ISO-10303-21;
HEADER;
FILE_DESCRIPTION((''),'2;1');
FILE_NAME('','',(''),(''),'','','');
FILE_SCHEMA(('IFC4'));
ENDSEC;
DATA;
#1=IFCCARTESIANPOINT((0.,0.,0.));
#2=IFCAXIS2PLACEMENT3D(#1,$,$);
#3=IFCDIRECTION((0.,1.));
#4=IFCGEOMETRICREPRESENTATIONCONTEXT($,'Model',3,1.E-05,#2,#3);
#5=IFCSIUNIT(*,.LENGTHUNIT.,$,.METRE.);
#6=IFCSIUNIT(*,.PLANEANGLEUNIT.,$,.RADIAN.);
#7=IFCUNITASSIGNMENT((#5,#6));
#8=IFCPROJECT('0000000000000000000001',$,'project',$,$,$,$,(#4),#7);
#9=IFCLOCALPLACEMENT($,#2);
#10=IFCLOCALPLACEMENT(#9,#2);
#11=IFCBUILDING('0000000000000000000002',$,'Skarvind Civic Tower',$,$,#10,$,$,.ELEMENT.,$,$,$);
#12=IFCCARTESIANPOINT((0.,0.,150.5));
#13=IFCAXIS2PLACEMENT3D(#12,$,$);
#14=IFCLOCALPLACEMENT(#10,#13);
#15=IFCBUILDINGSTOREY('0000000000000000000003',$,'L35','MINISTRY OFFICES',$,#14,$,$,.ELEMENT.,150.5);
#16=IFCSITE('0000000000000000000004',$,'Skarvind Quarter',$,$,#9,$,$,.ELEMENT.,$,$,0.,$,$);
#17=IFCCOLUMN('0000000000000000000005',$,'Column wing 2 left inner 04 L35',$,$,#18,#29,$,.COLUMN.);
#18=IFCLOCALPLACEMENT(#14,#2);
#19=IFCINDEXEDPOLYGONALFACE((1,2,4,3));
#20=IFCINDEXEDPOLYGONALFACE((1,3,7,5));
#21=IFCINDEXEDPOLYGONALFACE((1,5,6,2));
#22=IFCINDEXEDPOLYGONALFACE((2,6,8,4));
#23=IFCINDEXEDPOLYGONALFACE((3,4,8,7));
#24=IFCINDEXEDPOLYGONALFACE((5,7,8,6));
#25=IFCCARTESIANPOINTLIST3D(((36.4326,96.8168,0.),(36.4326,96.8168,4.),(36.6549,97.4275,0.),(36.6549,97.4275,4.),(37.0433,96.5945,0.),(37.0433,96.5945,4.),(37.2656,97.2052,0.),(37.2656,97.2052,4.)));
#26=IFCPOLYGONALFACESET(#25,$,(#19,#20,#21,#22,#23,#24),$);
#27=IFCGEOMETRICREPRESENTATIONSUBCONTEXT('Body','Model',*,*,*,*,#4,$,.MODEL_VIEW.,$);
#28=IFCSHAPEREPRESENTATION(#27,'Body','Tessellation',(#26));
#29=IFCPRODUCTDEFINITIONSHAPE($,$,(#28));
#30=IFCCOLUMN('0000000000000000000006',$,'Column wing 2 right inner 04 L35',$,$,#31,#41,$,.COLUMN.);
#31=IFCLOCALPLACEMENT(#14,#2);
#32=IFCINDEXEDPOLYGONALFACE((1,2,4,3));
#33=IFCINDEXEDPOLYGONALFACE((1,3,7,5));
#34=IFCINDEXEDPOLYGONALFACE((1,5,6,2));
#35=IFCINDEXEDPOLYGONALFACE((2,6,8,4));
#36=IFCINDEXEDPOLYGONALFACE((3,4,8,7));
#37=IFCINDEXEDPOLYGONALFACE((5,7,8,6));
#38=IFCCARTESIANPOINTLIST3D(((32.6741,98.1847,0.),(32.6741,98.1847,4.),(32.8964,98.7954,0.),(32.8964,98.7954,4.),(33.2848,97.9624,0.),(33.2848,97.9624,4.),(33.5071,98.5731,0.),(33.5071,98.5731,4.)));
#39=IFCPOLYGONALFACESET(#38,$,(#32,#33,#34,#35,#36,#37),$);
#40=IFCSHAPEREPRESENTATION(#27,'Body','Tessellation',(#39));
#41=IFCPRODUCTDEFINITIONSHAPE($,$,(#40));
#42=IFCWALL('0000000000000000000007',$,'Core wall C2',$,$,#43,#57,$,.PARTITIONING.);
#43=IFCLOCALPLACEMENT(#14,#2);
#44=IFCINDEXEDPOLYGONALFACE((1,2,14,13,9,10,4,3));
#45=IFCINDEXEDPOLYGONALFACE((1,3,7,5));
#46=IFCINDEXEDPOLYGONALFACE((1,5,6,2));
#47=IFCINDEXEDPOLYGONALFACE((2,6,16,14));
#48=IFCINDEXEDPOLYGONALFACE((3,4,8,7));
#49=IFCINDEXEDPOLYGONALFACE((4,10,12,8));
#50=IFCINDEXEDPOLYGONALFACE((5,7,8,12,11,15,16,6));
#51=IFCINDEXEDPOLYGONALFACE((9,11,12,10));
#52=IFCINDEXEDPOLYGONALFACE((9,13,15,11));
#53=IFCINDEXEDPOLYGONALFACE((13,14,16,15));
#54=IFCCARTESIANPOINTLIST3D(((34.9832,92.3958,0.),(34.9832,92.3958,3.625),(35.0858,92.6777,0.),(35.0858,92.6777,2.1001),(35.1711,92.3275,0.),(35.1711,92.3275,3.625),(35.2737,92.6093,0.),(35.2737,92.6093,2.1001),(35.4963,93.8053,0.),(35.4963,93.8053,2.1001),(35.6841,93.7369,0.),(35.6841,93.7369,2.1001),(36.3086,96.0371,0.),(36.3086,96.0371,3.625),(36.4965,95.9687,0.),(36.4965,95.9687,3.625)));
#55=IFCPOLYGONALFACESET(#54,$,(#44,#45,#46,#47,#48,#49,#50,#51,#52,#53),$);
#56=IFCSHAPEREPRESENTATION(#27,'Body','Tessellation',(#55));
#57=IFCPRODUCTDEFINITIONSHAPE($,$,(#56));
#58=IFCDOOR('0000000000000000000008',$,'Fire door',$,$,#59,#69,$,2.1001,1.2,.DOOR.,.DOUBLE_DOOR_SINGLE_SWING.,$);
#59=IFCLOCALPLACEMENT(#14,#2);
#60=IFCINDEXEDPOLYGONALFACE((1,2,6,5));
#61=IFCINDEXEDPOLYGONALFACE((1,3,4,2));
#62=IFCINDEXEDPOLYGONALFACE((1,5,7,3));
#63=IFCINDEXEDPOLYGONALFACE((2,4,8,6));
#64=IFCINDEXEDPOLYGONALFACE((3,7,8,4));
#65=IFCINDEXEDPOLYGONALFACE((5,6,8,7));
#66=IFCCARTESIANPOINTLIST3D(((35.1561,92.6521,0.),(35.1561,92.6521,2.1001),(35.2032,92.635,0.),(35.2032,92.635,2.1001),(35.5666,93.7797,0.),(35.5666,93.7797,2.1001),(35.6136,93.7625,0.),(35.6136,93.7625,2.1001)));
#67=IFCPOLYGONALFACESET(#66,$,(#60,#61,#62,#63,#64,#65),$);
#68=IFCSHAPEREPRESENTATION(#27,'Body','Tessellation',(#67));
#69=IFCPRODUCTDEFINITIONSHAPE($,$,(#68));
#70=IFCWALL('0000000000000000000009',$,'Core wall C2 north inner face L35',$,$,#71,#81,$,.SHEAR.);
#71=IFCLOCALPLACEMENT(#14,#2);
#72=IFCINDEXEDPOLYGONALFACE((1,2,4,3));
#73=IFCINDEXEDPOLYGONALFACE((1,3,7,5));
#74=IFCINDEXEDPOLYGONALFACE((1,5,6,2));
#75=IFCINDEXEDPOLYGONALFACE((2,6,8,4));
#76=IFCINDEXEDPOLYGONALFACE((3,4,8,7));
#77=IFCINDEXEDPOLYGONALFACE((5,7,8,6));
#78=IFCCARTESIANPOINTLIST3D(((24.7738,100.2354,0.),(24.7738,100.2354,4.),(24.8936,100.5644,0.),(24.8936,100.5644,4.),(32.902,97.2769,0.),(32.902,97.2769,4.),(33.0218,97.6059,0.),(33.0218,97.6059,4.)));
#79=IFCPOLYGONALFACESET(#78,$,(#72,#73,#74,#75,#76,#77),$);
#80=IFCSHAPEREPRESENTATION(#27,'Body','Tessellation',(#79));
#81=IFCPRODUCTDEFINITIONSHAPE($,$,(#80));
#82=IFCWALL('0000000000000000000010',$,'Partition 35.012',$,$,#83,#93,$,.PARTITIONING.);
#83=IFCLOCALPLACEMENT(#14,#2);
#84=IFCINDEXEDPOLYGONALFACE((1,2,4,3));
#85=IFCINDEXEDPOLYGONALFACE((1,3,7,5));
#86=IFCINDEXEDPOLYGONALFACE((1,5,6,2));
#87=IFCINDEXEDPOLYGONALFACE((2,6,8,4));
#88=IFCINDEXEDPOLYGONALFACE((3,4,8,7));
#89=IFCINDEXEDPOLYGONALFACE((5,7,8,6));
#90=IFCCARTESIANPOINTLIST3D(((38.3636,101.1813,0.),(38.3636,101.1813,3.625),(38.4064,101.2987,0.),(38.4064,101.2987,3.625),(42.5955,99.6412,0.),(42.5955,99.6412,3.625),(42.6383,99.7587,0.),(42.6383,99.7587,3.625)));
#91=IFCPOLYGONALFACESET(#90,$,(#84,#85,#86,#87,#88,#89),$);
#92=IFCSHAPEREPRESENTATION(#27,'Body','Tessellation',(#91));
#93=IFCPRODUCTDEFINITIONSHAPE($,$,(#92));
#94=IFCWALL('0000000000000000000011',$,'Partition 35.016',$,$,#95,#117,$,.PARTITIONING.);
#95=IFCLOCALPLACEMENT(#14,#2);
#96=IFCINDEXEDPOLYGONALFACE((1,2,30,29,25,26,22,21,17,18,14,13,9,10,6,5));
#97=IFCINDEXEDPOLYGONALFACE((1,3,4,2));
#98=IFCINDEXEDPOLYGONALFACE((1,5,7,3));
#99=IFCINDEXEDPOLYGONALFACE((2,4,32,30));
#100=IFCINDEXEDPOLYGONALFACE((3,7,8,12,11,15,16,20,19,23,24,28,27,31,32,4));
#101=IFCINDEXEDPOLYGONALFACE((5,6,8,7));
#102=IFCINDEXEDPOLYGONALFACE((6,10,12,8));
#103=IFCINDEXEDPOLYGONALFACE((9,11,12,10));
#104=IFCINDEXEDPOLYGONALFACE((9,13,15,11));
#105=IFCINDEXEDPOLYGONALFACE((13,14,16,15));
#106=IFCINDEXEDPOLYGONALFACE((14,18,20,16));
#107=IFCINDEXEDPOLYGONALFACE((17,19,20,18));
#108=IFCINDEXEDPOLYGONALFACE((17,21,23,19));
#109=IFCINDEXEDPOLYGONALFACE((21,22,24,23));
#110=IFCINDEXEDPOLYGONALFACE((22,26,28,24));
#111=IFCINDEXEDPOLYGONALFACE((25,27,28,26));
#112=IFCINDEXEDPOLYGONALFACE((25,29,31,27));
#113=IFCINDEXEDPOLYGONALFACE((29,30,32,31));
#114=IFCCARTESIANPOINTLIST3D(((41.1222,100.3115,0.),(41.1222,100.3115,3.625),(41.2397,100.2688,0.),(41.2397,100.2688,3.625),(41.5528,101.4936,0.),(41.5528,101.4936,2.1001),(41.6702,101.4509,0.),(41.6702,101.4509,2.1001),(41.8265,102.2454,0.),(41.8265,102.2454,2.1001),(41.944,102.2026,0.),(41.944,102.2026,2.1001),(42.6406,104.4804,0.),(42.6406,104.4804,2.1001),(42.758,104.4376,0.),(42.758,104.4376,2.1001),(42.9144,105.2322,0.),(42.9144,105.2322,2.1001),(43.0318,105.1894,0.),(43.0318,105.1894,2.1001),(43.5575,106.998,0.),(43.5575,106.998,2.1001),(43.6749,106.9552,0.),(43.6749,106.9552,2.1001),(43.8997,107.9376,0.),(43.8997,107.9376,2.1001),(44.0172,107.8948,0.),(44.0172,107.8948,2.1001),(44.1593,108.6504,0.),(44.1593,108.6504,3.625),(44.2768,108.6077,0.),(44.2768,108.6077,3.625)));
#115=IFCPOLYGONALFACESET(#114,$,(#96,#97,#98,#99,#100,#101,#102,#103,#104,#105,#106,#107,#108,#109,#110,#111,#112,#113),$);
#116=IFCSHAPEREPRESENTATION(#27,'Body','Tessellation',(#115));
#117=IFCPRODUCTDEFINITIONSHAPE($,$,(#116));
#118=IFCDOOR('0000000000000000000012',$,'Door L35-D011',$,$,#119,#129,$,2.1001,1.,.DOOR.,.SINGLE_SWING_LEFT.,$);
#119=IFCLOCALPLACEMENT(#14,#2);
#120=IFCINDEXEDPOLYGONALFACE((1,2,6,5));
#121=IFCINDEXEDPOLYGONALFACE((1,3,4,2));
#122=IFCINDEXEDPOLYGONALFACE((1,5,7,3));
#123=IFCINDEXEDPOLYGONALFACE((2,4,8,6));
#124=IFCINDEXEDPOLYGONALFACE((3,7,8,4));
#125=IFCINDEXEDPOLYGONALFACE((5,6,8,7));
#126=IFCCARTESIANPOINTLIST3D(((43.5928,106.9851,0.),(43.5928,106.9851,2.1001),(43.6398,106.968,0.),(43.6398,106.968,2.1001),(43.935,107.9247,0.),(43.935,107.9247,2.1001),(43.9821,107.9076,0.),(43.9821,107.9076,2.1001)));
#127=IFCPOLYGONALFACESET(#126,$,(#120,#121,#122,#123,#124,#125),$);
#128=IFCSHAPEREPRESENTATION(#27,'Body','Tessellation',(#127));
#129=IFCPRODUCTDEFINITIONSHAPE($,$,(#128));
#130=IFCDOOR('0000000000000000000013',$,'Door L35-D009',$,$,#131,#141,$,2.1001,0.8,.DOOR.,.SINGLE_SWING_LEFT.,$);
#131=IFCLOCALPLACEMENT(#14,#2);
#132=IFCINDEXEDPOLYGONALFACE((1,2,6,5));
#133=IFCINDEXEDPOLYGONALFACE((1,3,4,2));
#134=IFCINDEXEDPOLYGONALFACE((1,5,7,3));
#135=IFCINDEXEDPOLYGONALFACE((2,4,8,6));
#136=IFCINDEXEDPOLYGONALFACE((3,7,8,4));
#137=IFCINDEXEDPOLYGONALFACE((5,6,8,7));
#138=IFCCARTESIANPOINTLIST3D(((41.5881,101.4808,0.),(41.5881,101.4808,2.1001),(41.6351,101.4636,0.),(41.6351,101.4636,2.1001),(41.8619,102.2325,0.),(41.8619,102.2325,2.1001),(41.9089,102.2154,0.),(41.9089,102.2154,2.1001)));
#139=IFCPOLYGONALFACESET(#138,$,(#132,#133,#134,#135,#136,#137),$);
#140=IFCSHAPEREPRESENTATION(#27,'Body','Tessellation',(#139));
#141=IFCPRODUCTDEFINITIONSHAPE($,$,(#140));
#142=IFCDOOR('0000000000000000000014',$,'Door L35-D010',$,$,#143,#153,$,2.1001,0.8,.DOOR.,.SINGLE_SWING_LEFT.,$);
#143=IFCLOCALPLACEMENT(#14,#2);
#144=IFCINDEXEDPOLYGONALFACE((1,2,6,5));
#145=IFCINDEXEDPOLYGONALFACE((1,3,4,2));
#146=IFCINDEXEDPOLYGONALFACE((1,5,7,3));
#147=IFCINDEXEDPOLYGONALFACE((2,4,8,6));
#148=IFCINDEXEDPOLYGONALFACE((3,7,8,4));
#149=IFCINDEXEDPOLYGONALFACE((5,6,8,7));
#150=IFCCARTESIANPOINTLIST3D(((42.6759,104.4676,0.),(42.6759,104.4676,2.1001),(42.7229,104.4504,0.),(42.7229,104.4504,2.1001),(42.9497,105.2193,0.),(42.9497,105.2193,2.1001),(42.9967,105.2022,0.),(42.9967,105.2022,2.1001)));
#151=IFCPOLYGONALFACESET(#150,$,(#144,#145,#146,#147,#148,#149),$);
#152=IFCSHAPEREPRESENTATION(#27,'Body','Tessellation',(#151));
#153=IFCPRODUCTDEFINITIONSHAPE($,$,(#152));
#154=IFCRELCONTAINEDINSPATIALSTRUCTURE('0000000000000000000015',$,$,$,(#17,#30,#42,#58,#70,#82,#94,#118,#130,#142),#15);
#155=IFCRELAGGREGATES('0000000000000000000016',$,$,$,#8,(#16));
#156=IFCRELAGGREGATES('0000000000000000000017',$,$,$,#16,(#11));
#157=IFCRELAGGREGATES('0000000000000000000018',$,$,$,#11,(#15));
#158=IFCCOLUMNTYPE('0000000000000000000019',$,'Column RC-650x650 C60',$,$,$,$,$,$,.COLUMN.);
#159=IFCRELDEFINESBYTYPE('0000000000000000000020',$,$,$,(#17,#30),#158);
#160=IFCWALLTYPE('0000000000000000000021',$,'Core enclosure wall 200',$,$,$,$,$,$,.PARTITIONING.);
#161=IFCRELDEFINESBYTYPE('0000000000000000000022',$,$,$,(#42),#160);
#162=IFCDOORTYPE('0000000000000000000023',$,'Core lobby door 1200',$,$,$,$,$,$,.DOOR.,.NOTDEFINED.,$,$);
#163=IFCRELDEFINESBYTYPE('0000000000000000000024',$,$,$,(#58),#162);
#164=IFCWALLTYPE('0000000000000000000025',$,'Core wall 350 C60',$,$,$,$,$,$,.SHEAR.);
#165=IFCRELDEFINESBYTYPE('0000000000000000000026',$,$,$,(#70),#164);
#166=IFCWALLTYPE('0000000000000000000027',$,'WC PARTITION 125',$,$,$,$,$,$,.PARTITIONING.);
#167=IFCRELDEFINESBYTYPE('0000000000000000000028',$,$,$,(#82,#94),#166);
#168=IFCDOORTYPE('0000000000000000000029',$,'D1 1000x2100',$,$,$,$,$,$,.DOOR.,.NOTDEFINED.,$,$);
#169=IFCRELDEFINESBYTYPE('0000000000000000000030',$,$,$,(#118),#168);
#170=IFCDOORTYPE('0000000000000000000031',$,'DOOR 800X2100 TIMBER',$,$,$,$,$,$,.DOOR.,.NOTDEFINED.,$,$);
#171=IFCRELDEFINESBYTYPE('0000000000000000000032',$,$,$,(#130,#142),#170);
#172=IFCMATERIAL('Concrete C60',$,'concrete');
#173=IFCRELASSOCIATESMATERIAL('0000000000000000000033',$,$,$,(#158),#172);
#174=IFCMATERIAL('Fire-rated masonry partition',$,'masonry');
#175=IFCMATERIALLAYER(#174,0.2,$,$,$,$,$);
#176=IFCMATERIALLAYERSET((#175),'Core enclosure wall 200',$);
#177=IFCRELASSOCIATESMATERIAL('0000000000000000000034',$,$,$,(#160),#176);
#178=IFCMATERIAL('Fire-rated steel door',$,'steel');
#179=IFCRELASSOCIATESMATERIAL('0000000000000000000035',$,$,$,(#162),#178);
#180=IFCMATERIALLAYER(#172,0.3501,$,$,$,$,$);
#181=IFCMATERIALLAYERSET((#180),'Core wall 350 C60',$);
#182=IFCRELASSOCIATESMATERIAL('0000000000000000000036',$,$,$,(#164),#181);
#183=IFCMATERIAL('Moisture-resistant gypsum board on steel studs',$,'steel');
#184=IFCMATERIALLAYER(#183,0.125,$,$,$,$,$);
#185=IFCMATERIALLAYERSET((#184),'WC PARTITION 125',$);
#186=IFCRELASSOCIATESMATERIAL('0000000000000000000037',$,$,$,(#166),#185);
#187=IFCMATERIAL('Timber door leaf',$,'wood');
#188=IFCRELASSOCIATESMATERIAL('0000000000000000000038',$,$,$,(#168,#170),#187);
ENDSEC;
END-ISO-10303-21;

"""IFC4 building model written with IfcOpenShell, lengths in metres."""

from ifc_helpers import new_model, si_unit, direction, frame, frame_2d, origin, origin_2d, place, context, subcontext, project, spatial, rectangle, extrude, material, layer, layer_set, material_profile, profile_set, type_object, element, fill, save


model = new_model("IFC4")

# Units and contexts
model_context = context("Model", 3, precision=1e-05, world=origin(), true_north=direction((0.0, 1.0)))
body_context = subcontext(model_context, "Body", "Model", "MODEL_VIEW")
ifc_project = project(units=[si_unit("LENGTHUNIT", "METRE"), si_unit("PLANEANGLEUNIT", "RADIAN")], contexts=[model_context])

# Site, building, storey
site_placement = place(None, origin())
site = spatial("IfcSite", under=ifc_project, at=site_placement, Name="Skarvind Quarter", CompositionType="ELEMENT", RefElevation=0.0)
building_placement = place(site_placement, origin())
building = spatial("IfcBuilding", under=site, at=building_placement, Name="Skarvind Civic Tower", CompositionType="ELEMENT")
storey_placement = place(building_placement, frame((0.0, 0.0, 150.5)))
storey = spatial("IfcBuildingStorey", under=building, at=storey_placement, Name="L35", Description="MINISTRY OFFICES", CompositionType="ELEMENT", Elevation=150.5)

# Columns
ifc_material_1 = material(Name="Concrete C60", Category="concrete")
ifc_material_profile = material_profile(ifc_material_1, rectangle(XDim=0.6499, YDim=0.6499, at=origin_2d()), Name="RC-650x650")
ifc_profile_set = profile_set([ifc_material_profile], Name="Concrete C60")
column_type = type_object("IfcColumnType", Name="Column RC-650x650 C60", PredefinedType="COLUMN", material=ifc_profile_set)
for number, where, z_axis, x_axis, name in (
    (1, (36.8491, 97.011, 0.0), (0.0, 0.0, 1.0), (-0.34202, -0.939693, 0.0), "Column wing 2 left inner 04 L35"),
    (2, (33.0906, 98.3789, 0.0), (0.0, 0.0, 1.0), (-0.34202, -0.939693, 0.0), "Column wing 2 right inner 04 L35"),
):
    element("IfcColumn", number, at=place(storey_placement, frame(where, z_axis=z_axis, x_axis=x_axis)), inside=storey, type_object=column_type, Name=name, PredefinedType="COLUMN", context=body_context, shape_type="SweptSolid", body=[
        extrude(rectangle(XDim=0.6499, YDim=0.6499, at=origin_2d()), origin(), (0.0, 0.0, 1.0), 4.0),
    ])

# Wall, opening, door
ifc_material_2 = material(Name="Fire-rated masonry partition", Category="masonry")
ifc_layer_1 = layer(ifc_material_2, 0.2)
ifc_layer_set_1 = layer_set([ifc_layer_1], Name="Core enclosure wall 200")
wall_type_1 = type_object("IfcWallType", Name="Core enclosure wall 200", PredefinedType="PARTITIONING", material=ifc_layer_set_1)
wall_1_placement = place(storey_placement, frame((36.4026, 96.0029, 0.0), z_axis=(0.0, 0.0, 1.0), x_axis=(-0.342042, -0.939685, 0.0)))
wall_1 = element("IfcWall", 3, at=wall_1_placement, inside=storey, type_object=wall_type_1, Name="Core wall C2", PredefinedType="PARTITIONING", context=body_context, shape_type="SweptSolid", body=[
    extrude(rectangle(XDim=3.875, YDim=0.2, at=frame_2d((1.9375, 0.0))), origin(), (0.0, 0.0, 1.0), 3.625),
])
opening_1_placement = place(wall_1_placement, frame((2.375, 0.0, 0.0)))
opening_1 = element("IfcOpeningElement", 4, at=opening_1_placement, cuts=wall_1, PredefinedType="OPENING", context=body_context, shape_type="SweptSolid", body=[
    extrude(rectangle(XDim=1.2, YDim=2.1001, at=frame_2d((0.6001, 1.05))), frame((0.0, 0.1099, 0.0), z_axis=(0.0, -1.0, 0.0), x_axis=(1.0, 0.0, 0.0)), (0.0, 0.0, 1.0), 0.22),
])
ifc_material_3 = material(Name="Fire-rated steel door", Category="steel")
door_type_1 = type_object("IfcDoorType", Name="Core lobby door 1200", OperationType="NOTDEFINED", PredefinedType="DOOR", material=ifc_material_3)
door_1_placement = place(opening_1_placement, origin())
door_1 = element("IfcDoor", 5, at=door_1_placement, inside=storey, type_object=door_type_1, Name="Fire door", OperationType="DOUBLE_DOOR_SINGLE_SWING", OverallHeight=2.1001, OverallWidth=1.2, PredefinedType="DOOR", context=body_context, shape_type="SweptSolid", body=[
    extrude(rectangle(XDim=1.2, YDim=2.1001, at=frame_2d((0.6001, 1.05))), frame((0.0, 0.0249, 0.0), z_axis=(0.0, -1.0, 0.0), x_axis=(1.0, 0.0, 0.0)), (0.0, 0.0, 1.0), 0.05),
])
fill(opening_1, door_1)

# Walls
ifc_layer_2 = layer(ifc_material_1, 0.3501)
ifc_layer_set_2 = layer_set([ifc_layer_2], Name="Core wall 350 C60")
wall_type_2 = type_object("IfcWallType", Name="Core wall 350 C60", PredefinedType="SHEAR", material=ifc_layer_set_2)
wall_2_placement = place(storey_placement, frame((32.9619, 97.4414, 0.0), z_axis=(0.0, 0.0, 1.0), x_axis=(-0.93969, 0.342029, 0.0)))
element("IfcWall", 6, at=wall_2_placement, inside=storey, type_object=wall_type_2, Name="Core wall C2 north inner face L35", PredefinedType="SHEAR", context=body_context, shape_type="SweptSolid", body=[
    extrude(rectangle(XDim=8.6499, YDim=0.3501, at=frame_2d((4.325, 0.0))), origin(), (0.0, 0.0, 1.0), 4.0),
])
ifc_material_4 = material(Name="Moisture-resistant gypsum board on steel studs", Category="steel")
ifc_layer_3 = layer(ifc_material_4, 0.125)
ifc_layer_set_3 = layer_set([ifc_layer_3], Name="WC PARTITION 125")
wall_type_3 = type_object("IfcWallType", Name="WC PARTITION 125", PredefinedType="PARTITIONING", material=ifc_layer_set_3)
wall_3_placement = place(storey_placement, frame((38.385, 101.24, 0.0), z_axis=(0.0, 0.0, 1.0), x_axis=(0.939711, -0.341969, 0.0)))
element("IfcWall", 7, at=wall_3_placement, inside=storey, type_object=wall_type_3, Name="Partition 35.012", PredefinedType="PARTITIONING", context=body_context, shape_type="SweptSolid", body=[
    extrude(rectangle(XDim=4.5034, YDim=0.125, at=frame_2d((2.2517, 0.0))), origin(), (0.0, 0.0, 1.0), 3.625),
])

# Wall, openings, doors
wall_4_placement = place(storey_placement, frame((41.1809, 100.29, 0.0), z_axis=(0.0, 0.0, 1.0), x_axis=(0.34222, 0.93962, 0.0)))
wall_4 = element("IfcWall", 8, at=wall_4_placement, inside=storey, type_object=wall_type_3, Name="Partition 35.016", PredefinedType="PARTITIONING", context=body_context, shape_type="SweptSolid", body=[
    extrude(rectangle(XDim=8.8748, YDim=0.125, at=frame_2d((4.4375, 0.0))), origin(), (0.0, 0.0, 1.0), 3.625),
])
opening_2_placement = place(wall_4_placement, frame((1.2583, 0.0, 0.0)))
opening_2 = element("IfcOpeningElement", 9, at=opening_2_placement, cuts=wall_4, PredefinedType="OPENING", context=body_context, shape_type="SweptSolid", body=[
    extrude(rectangle(XDim=0.8, YDim=2.1001, at=frame_2d((0.3999, 1.05))), frame((0.0, 0.0725, 0.0), z_axis=(0.0, -1.0, 0.0), x_axis=(1.0, 0.0, 0.0)), (0.0, 0.0, 1.0), 0.145),
])
opening_3_placement = place(wall_4_placement, frame((4.437, 0.0, 0.0)))
opening_3 = element("IfcOpeningElement", 10, at=opening_3_placement, cuts=wall_4, PredefinedType="OPENING", context=body_context, shape_type="SweptSolid", body=[
    extrude(rectangle(XDim=0.8, YDim=2.1001, at=frame_2d((0.3999, 1.05))), frame((0.0, 0.0725, 0.0), z_axis=(0.0, -1.0, 0.0), x_axis=(1.0, 0.0, 0.0)), (0.0, 0.0, 1.0), 0.145),
])
opening_4_placement = place(wall_4_placement, frame((7.1162, 0.0, 0.0)))
opening_4 = element("IfcOpeningElement", 11, at=opening_4_placement, cuts=wall_4, PredefinedType="OPENING", context=body_context, shape_type="SweptSolid", body=[
    extrude(rectangle(XDim=1.0, YDim=2.1001, at=frame_2d((0.5, 1.05))), frame((0.0, 0.0725, 0.0), z_axis=(0.0, -1.0, 0.0), x_axis=(1.0, 0.0, 0.0)), (0.0, 0.0, 1.0), 0.145),
])
ifc_material_5 = material(Name="Timber door leaf", Category="wood")
door_type_2 = type_object("IfcDoorType", Name="D1 1000x2100", OperationType="NOTDEFINED", PredefinedType="DOOR", material=ifc_material_5)
door_2_placement = place(opening_4_placement, origin())
door_2 = element("IfcDoor", 12, at=door_2_placement, inside=storey, type_object=door_type_2, Name="Door L35-D011", OperationType="SINGLE_SWING_LEFT", OverallHeight=2.1001, OverallWidth=1.0, PredefinedType="DOOR", context=body_context, shape_type="SweptSolid", body=[
    extrude(rectangle(XDim=1.0, YDim=2.1001, at=frame_2d((0.5, 1.05))), frame((0.0, 0.0249, 0.0), z_axis=(0.0, -1.0, 0.0), x_axis=(1.0, 0.0, 0.0)), (0.0, 0.0, 1.0), 0.05),
])
fill(opening_4, door_2)
door_type_3 = type_object("IfcDoorType", Name="DOOR 800X2100 TIMBER", OperationType="NOTDEFINED", PredefinedType="DOOR", material=ifc_material_5)
door_3_placement = place(opening_2_placement, origin())
door_3 = element("IfcDoor", 13, at=door_3_placement, inside=storey, type_object=door_type_3, Name="Door L35-D009", OperationType="SINGLE_SWING_LEFT", OverallHeight=2.1001, OverallWidth=0.8, PredefinedType="DOOR", context=body_context, shape_type="SweptSolid", body=[
    extrude(rectangle(XDim=0.8, YDim=2.1001, at=frame_2d((0.3999, 1.05))), frame((0.0, 0.0249, 0.0), z_axis=(0.0, -1.0, 0.0), x_axis=(1.0, 0.0, 0.0)), (0.0, 0.0, 1.0), 0.05),
])
fill(opening_2, door_3)
door_4_placement = place(opening_3_placement, origin())
door_4 = element("IfcDoor", 14, at=door_4_placement, inside=storey, type_object=door_type_3, Name="Door L35-D010", OperationType="SINGLE_SWING_LEFT", OverallHeight=2.1001, OverallWidth=0.8, PredefinedType="DOOR", context=body_context, shape_type="SweptSolid", body=[
    extrude(rectangle(XDim=0.8, YDim=2.1001, at=frame_2d((0.3999, 1.05))), frame((0.0, 0.0249, 0.0), z_axis=(0.0, -1.0, 0.0), x_axis=(1.0, 0.0, 0.0)), (0.0, 0.0, 1.0), 0.05),
])
fill(opening_3, door_4)

save(model, "model.ifc")
